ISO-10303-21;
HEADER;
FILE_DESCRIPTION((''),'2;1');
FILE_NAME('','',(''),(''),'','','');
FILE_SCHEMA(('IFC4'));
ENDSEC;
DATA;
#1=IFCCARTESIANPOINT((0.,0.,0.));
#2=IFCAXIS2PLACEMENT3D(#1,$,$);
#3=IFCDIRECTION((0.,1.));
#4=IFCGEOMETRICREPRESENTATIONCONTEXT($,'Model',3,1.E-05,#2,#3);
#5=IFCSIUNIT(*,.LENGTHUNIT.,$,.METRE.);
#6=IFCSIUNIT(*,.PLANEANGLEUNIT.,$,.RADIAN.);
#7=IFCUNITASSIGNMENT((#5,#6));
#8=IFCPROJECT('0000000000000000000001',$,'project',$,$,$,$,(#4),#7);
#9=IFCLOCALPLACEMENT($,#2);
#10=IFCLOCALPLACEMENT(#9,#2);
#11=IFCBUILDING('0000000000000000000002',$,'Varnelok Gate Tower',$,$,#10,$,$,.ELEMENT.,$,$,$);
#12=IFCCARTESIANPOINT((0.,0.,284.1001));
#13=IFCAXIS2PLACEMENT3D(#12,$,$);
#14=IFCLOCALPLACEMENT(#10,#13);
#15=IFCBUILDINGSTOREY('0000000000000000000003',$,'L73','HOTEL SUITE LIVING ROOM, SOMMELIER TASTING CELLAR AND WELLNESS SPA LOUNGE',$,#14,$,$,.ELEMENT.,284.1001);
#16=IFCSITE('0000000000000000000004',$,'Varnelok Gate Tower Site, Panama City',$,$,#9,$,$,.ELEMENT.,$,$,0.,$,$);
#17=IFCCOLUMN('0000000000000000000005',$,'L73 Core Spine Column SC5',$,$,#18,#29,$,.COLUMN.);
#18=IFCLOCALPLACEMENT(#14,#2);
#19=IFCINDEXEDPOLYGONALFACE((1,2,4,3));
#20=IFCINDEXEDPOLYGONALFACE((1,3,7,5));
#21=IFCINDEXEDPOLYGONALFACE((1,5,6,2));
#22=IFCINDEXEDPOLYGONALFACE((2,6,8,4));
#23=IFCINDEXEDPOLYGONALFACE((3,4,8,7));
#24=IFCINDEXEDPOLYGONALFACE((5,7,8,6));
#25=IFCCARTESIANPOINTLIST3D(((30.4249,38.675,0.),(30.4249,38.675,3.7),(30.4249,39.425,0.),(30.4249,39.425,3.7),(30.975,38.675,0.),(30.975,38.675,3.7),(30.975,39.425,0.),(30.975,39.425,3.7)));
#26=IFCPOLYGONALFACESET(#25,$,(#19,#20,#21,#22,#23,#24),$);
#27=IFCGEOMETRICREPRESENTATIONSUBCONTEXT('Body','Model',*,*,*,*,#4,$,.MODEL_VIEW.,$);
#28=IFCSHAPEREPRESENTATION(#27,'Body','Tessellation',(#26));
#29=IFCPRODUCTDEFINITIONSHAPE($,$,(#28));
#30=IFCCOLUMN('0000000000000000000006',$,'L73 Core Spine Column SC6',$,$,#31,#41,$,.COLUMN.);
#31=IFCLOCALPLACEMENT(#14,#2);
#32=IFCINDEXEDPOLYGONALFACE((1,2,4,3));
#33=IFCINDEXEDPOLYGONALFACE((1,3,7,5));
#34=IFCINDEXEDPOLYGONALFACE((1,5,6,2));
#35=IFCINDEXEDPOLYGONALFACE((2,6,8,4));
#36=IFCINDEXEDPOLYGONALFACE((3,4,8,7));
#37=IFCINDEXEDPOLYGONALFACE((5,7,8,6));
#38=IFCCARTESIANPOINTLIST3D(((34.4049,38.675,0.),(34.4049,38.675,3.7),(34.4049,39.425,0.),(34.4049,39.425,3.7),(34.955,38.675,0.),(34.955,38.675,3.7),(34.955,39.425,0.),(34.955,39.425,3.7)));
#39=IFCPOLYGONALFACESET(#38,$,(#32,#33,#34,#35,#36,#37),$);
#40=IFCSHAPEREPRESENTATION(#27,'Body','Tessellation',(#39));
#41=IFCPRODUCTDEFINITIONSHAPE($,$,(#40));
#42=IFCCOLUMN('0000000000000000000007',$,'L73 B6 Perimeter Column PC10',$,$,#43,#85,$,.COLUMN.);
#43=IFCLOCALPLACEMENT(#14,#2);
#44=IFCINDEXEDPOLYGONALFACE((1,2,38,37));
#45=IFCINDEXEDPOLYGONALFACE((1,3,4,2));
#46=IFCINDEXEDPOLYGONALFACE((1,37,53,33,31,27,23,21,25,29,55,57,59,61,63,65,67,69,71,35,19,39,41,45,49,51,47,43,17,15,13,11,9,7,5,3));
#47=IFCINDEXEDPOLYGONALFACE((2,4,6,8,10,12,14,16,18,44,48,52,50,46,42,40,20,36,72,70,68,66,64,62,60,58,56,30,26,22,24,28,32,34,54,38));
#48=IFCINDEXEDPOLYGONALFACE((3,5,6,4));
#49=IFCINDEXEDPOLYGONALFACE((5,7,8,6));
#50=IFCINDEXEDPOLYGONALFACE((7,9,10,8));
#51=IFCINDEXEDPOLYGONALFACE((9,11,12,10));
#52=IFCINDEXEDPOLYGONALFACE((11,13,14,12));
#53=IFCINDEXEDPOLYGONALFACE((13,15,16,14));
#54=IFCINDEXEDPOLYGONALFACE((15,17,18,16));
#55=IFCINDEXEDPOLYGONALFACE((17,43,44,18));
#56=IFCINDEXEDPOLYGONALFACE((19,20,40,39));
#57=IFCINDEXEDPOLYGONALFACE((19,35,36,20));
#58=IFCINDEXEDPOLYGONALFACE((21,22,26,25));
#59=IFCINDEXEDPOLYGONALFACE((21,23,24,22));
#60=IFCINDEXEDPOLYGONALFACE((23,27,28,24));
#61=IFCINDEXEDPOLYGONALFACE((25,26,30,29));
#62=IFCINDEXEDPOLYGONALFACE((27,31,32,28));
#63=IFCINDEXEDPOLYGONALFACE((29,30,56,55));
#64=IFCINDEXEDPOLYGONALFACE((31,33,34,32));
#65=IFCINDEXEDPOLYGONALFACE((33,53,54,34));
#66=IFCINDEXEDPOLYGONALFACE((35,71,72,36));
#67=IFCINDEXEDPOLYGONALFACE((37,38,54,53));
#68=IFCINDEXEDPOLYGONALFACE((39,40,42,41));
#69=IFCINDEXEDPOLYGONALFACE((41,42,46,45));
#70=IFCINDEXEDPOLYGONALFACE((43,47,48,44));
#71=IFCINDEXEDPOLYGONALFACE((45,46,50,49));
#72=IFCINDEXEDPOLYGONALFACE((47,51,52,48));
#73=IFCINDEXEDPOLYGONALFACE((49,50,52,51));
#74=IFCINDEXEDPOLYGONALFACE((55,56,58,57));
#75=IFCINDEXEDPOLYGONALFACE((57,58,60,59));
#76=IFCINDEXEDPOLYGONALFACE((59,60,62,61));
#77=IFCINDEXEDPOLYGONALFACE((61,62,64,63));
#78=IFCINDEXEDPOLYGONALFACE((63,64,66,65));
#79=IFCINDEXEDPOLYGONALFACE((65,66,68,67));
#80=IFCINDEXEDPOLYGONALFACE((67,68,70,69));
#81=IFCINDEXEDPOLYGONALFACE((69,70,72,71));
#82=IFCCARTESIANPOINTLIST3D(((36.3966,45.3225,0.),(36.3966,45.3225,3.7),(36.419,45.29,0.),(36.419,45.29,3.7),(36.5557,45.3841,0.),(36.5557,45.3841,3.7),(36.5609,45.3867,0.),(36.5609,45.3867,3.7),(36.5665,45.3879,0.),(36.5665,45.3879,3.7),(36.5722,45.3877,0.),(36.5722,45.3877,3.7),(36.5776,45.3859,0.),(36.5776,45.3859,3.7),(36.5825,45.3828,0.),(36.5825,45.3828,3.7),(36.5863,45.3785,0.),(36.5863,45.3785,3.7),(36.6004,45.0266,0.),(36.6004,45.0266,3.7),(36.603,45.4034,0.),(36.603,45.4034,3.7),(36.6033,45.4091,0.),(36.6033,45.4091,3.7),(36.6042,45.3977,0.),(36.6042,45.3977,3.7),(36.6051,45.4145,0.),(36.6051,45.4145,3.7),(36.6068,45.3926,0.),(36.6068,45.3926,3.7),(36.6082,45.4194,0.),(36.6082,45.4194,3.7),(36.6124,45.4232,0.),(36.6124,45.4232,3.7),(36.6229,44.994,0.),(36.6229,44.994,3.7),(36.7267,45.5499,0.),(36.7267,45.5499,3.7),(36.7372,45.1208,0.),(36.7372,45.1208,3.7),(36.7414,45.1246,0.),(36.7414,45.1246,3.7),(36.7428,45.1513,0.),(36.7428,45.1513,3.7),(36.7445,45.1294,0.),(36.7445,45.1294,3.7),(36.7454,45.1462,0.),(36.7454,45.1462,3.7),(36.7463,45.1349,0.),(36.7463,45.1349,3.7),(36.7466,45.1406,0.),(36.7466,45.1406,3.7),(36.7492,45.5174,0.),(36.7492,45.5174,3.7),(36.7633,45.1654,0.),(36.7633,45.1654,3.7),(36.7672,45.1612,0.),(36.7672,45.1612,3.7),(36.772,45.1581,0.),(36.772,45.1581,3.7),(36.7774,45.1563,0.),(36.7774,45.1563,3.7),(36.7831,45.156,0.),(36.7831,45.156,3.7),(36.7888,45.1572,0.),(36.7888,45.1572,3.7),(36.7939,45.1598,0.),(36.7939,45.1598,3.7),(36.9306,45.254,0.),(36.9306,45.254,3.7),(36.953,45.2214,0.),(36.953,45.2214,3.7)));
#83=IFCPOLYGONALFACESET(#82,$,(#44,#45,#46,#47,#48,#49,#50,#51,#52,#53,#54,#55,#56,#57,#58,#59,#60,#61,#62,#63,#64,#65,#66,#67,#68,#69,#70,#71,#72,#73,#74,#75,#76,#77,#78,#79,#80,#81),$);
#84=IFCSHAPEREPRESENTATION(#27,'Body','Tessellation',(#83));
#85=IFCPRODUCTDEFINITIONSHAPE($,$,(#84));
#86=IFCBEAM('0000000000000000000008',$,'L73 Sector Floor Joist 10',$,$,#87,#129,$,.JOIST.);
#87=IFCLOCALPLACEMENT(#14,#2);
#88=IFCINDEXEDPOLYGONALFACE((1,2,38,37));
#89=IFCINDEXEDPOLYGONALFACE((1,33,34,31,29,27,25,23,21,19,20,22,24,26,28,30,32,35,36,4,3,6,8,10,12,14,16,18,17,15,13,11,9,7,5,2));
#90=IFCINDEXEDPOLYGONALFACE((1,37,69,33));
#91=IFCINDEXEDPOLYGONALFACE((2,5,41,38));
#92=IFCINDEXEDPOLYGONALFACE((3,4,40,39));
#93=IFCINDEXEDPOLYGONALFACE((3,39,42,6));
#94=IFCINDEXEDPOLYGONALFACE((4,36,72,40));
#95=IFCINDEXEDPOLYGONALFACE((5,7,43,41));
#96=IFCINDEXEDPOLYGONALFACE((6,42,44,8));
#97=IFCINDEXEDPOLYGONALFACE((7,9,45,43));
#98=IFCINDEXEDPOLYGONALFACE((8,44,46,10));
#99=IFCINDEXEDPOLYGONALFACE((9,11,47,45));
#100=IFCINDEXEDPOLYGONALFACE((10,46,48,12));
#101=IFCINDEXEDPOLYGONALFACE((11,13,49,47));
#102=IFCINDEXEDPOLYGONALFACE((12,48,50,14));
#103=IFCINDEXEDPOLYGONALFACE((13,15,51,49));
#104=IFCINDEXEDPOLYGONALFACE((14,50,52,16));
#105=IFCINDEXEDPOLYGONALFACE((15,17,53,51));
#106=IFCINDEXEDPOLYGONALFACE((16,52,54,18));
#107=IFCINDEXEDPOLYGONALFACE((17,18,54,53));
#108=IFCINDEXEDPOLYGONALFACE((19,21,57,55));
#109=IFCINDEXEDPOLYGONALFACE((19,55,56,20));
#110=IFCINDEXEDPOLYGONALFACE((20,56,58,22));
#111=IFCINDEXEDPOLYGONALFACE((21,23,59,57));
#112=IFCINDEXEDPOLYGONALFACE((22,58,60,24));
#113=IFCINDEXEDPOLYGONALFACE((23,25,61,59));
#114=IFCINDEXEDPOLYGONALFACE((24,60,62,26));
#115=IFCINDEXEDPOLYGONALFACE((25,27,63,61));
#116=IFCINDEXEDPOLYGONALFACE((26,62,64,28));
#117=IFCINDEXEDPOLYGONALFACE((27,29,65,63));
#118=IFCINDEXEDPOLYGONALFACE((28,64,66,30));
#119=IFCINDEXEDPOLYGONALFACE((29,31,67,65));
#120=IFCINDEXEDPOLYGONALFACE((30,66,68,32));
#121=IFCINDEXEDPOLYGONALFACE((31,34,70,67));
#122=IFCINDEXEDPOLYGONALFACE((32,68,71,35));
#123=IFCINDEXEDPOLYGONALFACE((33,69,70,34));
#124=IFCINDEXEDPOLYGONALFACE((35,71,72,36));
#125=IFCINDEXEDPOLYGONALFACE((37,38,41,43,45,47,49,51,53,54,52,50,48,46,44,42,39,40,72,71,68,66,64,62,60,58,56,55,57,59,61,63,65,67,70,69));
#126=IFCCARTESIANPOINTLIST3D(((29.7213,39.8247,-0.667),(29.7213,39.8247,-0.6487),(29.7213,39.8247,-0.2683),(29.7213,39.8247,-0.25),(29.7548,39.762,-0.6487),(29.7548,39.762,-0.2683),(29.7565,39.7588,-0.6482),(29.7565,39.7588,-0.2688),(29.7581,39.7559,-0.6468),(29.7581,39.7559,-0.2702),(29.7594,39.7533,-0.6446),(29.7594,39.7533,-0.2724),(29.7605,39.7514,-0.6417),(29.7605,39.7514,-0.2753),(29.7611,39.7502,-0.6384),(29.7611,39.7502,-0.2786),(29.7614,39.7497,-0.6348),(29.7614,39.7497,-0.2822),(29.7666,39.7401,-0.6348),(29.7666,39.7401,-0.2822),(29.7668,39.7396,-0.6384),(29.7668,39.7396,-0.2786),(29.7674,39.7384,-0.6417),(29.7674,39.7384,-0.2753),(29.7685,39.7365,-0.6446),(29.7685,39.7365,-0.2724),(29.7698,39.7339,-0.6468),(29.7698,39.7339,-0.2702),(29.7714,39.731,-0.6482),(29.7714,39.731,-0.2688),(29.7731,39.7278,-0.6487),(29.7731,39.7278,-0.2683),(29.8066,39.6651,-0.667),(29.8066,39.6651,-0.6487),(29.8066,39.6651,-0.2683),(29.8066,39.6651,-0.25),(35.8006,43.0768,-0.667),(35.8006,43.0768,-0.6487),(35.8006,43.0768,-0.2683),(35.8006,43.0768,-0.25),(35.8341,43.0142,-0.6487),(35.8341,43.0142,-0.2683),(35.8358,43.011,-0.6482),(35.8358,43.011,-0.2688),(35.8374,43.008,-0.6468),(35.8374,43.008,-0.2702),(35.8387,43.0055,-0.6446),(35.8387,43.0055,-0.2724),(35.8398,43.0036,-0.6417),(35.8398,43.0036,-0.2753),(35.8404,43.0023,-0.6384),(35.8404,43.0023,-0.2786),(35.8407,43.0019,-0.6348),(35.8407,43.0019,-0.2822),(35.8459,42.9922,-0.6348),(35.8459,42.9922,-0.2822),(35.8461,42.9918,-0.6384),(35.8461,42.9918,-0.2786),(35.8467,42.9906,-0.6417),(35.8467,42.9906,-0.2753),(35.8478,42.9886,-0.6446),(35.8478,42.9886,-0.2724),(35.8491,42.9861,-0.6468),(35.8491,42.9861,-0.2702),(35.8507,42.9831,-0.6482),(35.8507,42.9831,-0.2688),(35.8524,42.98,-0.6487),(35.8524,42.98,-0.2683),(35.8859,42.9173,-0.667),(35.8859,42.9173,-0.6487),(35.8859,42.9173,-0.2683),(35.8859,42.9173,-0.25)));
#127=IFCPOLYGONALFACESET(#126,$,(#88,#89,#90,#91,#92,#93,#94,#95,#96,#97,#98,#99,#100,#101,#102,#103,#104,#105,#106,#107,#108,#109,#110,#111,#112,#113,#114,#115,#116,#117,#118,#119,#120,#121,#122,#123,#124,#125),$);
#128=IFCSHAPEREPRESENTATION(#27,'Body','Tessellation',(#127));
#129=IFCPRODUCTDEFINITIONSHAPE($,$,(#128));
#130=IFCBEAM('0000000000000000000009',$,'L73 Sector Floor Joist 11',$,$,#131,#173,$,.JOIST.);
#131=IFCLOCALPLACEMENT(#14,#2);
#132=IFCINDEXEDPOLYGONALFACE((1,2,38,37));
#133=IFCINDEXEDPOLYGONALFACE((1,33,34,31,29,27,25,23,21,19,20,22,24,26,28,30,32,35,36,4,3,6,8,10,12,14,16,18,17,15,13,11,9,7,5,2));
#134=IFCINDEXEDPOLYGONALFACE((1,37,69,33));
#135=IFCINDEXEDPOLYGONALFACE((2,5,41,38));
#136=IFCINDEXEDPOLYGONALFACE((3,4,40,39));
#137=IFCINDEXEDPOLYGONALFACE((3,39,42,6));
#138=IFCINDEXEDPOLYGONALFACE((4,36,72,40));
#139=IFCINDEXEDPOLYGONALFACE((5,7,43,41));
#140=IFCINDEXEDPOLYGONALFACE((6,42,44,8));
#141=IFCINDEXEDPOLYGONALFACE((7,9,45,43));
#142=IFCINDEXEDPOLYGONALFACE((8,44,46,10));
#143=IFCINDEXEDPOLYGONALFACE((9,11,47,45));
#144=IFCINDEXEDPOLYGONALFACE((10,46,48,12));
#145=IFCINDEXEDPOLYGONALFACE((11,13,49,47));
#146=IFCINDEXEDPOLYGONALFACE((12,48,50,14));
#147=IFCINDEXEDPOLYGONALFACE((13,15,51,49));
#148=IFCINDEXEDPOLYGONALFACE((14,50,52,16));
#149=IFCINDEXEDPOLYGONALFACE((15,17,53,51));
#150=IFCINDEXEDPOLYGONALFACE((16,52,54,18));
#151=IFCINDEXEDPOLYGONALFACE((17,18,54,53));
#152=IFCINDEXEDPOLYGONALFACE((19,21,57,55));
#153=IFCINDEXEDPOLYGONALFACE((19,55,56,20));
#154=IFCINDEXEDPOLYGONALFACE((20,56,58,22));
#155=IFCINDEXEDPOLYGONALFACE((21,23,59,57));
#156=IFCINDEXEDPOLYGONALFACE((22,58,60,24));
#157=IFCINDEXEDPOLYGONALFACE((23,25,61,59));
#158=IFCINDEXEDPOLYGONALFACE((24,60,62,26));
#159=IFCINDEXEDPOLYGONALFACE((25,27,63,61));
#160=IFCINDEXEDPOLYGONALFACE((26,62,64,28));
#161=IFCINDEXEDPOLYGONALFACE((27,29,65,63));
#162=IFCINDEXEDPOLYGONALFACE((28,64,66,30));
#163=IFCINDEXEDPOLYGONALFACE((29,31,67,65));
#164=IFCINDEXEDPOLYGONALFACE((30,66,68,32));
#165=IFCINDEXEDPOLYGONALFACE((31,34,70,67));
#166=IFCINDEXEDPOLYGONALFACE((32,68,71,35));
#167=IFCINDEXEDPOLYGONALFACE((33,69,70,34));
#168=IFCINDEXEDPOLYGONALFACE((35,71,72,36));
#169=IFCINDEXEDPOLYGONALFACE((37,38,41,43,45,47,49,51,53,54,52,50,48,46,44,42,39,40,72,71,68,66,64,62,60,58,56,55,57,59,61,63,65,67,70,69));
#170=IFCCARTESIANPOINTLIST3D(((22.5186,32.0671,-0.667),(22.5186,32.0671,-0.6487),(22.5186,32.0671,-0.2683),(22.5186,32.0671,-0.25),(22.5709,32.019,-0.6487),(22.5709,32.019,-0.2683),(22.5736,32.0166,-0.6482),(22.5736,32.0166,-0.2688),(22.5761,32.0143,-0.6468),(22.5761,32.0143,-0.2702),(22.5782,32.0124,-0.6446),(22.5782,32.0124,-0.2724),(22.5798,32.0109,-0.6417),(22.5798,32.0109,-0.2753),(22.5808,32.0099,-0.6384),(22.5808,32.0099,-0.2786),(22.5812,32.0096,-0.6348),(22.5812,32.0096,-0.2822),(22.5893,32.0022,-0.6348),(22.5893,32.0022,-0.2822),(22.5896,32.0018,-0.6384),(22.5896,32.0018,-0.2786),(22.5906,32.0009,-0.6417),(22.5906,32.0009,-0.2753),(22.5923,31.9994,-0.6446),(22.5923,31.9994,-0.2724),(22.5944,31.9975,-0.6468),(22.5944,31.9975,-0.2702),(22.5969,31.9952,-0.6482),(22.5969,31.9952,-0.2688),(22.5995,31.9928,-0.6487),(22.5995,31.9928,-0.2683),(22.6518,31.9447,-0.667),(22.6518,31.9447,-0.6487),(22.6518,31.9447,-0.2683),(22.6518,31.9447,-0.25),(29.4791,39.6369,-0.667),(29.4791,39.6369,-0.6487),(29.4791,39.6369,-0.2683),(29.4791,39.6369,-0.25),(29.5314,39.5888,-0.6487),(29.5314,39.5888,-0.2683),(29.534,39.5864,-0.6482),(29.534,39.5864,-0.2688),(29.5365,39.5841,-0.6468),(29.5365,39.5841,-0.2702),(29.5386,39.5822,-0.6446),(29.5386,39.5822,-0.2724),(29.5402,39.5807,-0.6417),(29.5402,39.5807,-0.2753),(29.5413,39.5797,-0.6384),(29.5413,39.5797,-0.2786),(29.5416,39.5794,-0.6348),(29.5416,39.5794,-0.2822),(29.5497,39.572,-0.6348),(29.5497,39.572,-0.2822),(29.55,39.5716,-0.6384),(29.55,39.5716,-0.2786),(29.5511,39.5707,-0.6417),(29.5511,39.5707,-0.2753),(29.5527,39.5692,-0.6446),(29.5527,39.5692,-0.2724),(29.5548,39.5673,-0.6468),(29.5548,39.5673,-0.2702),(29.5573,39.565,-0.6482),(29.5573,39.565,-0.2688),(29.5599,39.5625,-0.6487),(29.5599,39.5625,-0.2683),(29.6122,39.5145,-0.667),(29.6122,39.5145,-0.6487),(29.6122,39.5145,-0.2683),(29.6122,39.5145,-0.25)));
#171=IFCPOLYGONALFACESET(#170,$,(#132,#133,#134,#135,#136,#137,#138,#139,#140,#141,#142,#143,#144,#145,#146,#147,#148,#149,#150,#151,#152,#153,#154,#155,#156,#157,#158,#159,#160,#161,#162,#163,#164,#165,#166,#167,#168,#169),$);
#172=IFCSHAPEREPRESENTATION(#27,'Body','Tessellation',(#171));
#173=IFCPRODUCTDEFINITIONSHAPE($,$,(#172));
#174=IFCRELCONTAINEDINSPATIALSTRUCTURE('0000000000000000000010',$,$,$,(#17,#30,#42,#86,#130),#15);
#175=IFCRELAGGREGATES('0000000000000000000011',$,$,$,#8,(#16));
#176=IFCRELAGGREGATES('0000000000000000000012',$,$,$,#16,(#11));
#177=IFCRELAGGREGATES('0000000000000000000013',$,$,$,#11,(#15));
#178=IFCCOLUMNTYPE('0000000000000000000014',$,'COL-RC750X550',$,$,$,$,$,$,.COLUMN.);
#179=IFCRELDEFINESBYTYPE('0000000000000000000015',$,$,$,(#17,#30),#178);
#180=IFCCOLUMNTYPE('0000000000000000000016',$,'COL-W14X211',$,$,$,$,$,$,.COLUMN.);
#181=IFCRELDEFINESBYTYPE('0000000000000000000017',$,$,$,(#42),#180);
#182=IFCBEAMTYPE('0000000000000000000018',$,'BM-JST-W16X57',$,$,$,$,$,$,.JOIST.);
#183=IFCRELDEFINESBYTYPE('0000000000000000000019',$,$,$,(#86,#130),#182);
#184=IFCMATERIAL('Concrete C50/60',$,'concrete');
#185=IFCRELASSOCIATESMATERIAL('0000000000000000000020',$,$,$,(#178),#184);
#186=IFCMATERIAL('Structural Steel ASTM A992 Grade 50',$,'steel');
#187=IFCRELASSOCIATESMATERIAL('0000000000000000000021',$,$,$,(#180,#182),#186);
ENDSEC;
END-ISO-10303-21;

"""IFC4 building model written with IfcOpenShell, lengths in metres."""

from ifc_helpers import new_model, si_unit, direction, frame, origin, origin_2d, place, context, subcontext, project, spatial, rectangle, i_section, extrude, material, material_profile, profile_set, type_object, element, save


model = new_model("IFC4")

# Units and contexts
model_context = context("Model", 3, precision=1e-05, world=origin(), true_north=direction((0.0, 1.0)))
body_context = subcontext(model_context, "Body", "Model", "MODEL_VIEW")
ifc_project = project(units=[si_unit("LENGTHUNIT", "METRE"), si_unit("PLANEANGLEUNIT", "RADIAN")], contexts=[model_context])

# Site, building, storey
site_placement = place(None, origin())
site = spatial("IfcSite", under=ifc_project, at=site_placement, Name="Varnelok Gate Tower Site, Panama City", CompositionType="ELEMENT", RefElevation=0.0)
building_placement = place(site_placement, origin())
building = spatial("IfcBuilding", under=site, at=building_placement, Name="Varnelok Gate Tower", CompositionType="ELEMENT")
storey_placement = place(building_placement, frame((0.0, 0.0, 284.1001)))
storey = spatial("IfcBuildingStorey", under=building, at=storey_placement, Name="L73", Description="HOTEL SUITE LIVING ROOM, SOMMELIER TASTING CELLAR AND WELLNESS SPA LOUNGE", CompositionType="ELEMENT", Elevation=284.1001)

# Columns
ifc_material_1 = material(Name="Concrete C50/60", Category="concrete")
ifc_material_profile_1 = material_profile(ifc_material_1, rectangle(XDim=0.55, YDim=0.75, at=origin_2d()), Name="RC750X550")
ifc_profile_set_1 = profile_set([ifc_material_profile_1], Name="Concrete C50/60")
column_type_1 = type_object("IfcColumnType", Name="COL-RC750X550", PredefinedType="COLUMN", material=ifc_profile_set_1)
for number, where, z_axis, x_axis, name in (
    (1, (30.7, 39.05, 0.0), (0.0, 0.0, 1.0), (1.0, 0.0, 0.0), "L73 Core Spine Column SC5"),
    (2, (34.6799, 39.05, 0.0), (0.0, 0.0, 1.0), (1.0, 0.0, 0.0), "L73 Core Spine Column SC6"),
):
    element("IfcColumn", number, at=place(storey_placement, frame(where, z_axis=z_axis, x_axis=x_axis)), inside=storey, type_object=column_type_1, Name=name, PredefinedType="COLUMN", context=body_context, shape_type="SweptSolid", body=[
        extrude(rectangle(XDim=0.55, YDim=0.75, at=origin_2d()), origin(), (0.0, 0.0, 1.0), 3.7),
    ])
ifc_material_2 = material(Name="Structural Steel ASTM A992 Grade 50", Category="steel")
ifc_material_profile_2 = material_profile(ifc_material_2, i_section(OverallWidth=0.4009, OverallDepth=0.3989, WebThickness=0.0249, FlangeThickness=0.0396, FilletRadius=0.022, at=origin_2d()), Name="W14X211")
ifc_profile_set_2 = profile_set([ifc_material_profile_2], Name="Structural Steel ASTM A992 Grade 50")
column_type_2 = type_object("IfcColumnType", Name="COL-W14X211", PredefinedType="COLUMN", material=ifc_profile_set_2)
column_placement = place(storey_placement, frame((36.6748, 45.272, 0.0), z_axis=(0.0, 0.0, 1.0), x_axis=(0.823533, 0.567269, 0.0)))
element("IfcColumn", 3, at=column_placement, inside=storey, type_object=column_type_2, Name="L73 B6 Perimeter Column PC10", PredefinedType="COLUMN", context=body_context, shape_type="SweptSolid", body=[
    extrude(i_section(OverallWidth=0.4009, OverallDepth=0.3989, WebThickness=0.0249, FlangeThickness=0.0396, FilletRadius=0.022, at=origin_2d()), origin(), (0.0, 0.0, 1.0), 3.7),
])

# Beams
ifc_material_profile_3 = material_profile(ifc_material_2, i_section(OverallWidth=0.1809, OverallDepth=0.417, WebThickness=0.011, FlangeThickness=0.0183, FilletRadius=0.0139, at=origin_2d()), Name="W16X57")
ifc_profile_set_3 = profile_set([ifc_material_profile_3], Name="Structural Steel ASTM A992 Grade 50")
beam_type_1 = type_object("IfcBeamType", Name="BM-JST-W16X57", PredefinedType="JOIST", material=ifc_profile_set_3)
beam_1_placement = place(storey_placement, frame((35.8433, 42.9971, -0.4585), z_axis=(-0.881757, -0.471703, 0.0), x_axis=(0.471703, -0.881757, 0.0)))
element("IfcBeam", 4, at=beam_1_placement, inside=storey, type_object=beam_type_1, Name="L73 Sector Floor Joist 10", PredefinedType="JOIST", context=body_context, shape_type="SweptSolid", body=[
    extrude(i_section(OverallWidth=0.1809, OverallDepth=0.417, WebThickness=0.011, FlangeThickness=0.0183, FilletRadius=0.0139, at=origin_2d()), origin(), (0.0, 0.0, 1.0), 6.8945),
])
beam_2_placement = place(storey_placement, frame((29.5457, 39.5757, -0.4585), z_axis=(-0.676857, -0.736115, 0.0), x_axis=(0.736115, -0.676857, 0.0)))
element("IfcBeam", 5, at=beam_2_placement, inside=storey, type_object=beam_type_1, Name="L73 Sector Floor Joist 11", PredefinedType="JOIST", context=body_context, shape_type="SweptSolid", body=[
    extrude(i_section(OverallWidth=0.1809, OverallDepth=0.417, WebThickness=0.011, FlangeThickness=0.0183, FilletRadius=0.0139, at=origin_2d()), origin(), (0.0, 0.0, 1.0), 10.2834),
])

save(model, "model.ifc")
